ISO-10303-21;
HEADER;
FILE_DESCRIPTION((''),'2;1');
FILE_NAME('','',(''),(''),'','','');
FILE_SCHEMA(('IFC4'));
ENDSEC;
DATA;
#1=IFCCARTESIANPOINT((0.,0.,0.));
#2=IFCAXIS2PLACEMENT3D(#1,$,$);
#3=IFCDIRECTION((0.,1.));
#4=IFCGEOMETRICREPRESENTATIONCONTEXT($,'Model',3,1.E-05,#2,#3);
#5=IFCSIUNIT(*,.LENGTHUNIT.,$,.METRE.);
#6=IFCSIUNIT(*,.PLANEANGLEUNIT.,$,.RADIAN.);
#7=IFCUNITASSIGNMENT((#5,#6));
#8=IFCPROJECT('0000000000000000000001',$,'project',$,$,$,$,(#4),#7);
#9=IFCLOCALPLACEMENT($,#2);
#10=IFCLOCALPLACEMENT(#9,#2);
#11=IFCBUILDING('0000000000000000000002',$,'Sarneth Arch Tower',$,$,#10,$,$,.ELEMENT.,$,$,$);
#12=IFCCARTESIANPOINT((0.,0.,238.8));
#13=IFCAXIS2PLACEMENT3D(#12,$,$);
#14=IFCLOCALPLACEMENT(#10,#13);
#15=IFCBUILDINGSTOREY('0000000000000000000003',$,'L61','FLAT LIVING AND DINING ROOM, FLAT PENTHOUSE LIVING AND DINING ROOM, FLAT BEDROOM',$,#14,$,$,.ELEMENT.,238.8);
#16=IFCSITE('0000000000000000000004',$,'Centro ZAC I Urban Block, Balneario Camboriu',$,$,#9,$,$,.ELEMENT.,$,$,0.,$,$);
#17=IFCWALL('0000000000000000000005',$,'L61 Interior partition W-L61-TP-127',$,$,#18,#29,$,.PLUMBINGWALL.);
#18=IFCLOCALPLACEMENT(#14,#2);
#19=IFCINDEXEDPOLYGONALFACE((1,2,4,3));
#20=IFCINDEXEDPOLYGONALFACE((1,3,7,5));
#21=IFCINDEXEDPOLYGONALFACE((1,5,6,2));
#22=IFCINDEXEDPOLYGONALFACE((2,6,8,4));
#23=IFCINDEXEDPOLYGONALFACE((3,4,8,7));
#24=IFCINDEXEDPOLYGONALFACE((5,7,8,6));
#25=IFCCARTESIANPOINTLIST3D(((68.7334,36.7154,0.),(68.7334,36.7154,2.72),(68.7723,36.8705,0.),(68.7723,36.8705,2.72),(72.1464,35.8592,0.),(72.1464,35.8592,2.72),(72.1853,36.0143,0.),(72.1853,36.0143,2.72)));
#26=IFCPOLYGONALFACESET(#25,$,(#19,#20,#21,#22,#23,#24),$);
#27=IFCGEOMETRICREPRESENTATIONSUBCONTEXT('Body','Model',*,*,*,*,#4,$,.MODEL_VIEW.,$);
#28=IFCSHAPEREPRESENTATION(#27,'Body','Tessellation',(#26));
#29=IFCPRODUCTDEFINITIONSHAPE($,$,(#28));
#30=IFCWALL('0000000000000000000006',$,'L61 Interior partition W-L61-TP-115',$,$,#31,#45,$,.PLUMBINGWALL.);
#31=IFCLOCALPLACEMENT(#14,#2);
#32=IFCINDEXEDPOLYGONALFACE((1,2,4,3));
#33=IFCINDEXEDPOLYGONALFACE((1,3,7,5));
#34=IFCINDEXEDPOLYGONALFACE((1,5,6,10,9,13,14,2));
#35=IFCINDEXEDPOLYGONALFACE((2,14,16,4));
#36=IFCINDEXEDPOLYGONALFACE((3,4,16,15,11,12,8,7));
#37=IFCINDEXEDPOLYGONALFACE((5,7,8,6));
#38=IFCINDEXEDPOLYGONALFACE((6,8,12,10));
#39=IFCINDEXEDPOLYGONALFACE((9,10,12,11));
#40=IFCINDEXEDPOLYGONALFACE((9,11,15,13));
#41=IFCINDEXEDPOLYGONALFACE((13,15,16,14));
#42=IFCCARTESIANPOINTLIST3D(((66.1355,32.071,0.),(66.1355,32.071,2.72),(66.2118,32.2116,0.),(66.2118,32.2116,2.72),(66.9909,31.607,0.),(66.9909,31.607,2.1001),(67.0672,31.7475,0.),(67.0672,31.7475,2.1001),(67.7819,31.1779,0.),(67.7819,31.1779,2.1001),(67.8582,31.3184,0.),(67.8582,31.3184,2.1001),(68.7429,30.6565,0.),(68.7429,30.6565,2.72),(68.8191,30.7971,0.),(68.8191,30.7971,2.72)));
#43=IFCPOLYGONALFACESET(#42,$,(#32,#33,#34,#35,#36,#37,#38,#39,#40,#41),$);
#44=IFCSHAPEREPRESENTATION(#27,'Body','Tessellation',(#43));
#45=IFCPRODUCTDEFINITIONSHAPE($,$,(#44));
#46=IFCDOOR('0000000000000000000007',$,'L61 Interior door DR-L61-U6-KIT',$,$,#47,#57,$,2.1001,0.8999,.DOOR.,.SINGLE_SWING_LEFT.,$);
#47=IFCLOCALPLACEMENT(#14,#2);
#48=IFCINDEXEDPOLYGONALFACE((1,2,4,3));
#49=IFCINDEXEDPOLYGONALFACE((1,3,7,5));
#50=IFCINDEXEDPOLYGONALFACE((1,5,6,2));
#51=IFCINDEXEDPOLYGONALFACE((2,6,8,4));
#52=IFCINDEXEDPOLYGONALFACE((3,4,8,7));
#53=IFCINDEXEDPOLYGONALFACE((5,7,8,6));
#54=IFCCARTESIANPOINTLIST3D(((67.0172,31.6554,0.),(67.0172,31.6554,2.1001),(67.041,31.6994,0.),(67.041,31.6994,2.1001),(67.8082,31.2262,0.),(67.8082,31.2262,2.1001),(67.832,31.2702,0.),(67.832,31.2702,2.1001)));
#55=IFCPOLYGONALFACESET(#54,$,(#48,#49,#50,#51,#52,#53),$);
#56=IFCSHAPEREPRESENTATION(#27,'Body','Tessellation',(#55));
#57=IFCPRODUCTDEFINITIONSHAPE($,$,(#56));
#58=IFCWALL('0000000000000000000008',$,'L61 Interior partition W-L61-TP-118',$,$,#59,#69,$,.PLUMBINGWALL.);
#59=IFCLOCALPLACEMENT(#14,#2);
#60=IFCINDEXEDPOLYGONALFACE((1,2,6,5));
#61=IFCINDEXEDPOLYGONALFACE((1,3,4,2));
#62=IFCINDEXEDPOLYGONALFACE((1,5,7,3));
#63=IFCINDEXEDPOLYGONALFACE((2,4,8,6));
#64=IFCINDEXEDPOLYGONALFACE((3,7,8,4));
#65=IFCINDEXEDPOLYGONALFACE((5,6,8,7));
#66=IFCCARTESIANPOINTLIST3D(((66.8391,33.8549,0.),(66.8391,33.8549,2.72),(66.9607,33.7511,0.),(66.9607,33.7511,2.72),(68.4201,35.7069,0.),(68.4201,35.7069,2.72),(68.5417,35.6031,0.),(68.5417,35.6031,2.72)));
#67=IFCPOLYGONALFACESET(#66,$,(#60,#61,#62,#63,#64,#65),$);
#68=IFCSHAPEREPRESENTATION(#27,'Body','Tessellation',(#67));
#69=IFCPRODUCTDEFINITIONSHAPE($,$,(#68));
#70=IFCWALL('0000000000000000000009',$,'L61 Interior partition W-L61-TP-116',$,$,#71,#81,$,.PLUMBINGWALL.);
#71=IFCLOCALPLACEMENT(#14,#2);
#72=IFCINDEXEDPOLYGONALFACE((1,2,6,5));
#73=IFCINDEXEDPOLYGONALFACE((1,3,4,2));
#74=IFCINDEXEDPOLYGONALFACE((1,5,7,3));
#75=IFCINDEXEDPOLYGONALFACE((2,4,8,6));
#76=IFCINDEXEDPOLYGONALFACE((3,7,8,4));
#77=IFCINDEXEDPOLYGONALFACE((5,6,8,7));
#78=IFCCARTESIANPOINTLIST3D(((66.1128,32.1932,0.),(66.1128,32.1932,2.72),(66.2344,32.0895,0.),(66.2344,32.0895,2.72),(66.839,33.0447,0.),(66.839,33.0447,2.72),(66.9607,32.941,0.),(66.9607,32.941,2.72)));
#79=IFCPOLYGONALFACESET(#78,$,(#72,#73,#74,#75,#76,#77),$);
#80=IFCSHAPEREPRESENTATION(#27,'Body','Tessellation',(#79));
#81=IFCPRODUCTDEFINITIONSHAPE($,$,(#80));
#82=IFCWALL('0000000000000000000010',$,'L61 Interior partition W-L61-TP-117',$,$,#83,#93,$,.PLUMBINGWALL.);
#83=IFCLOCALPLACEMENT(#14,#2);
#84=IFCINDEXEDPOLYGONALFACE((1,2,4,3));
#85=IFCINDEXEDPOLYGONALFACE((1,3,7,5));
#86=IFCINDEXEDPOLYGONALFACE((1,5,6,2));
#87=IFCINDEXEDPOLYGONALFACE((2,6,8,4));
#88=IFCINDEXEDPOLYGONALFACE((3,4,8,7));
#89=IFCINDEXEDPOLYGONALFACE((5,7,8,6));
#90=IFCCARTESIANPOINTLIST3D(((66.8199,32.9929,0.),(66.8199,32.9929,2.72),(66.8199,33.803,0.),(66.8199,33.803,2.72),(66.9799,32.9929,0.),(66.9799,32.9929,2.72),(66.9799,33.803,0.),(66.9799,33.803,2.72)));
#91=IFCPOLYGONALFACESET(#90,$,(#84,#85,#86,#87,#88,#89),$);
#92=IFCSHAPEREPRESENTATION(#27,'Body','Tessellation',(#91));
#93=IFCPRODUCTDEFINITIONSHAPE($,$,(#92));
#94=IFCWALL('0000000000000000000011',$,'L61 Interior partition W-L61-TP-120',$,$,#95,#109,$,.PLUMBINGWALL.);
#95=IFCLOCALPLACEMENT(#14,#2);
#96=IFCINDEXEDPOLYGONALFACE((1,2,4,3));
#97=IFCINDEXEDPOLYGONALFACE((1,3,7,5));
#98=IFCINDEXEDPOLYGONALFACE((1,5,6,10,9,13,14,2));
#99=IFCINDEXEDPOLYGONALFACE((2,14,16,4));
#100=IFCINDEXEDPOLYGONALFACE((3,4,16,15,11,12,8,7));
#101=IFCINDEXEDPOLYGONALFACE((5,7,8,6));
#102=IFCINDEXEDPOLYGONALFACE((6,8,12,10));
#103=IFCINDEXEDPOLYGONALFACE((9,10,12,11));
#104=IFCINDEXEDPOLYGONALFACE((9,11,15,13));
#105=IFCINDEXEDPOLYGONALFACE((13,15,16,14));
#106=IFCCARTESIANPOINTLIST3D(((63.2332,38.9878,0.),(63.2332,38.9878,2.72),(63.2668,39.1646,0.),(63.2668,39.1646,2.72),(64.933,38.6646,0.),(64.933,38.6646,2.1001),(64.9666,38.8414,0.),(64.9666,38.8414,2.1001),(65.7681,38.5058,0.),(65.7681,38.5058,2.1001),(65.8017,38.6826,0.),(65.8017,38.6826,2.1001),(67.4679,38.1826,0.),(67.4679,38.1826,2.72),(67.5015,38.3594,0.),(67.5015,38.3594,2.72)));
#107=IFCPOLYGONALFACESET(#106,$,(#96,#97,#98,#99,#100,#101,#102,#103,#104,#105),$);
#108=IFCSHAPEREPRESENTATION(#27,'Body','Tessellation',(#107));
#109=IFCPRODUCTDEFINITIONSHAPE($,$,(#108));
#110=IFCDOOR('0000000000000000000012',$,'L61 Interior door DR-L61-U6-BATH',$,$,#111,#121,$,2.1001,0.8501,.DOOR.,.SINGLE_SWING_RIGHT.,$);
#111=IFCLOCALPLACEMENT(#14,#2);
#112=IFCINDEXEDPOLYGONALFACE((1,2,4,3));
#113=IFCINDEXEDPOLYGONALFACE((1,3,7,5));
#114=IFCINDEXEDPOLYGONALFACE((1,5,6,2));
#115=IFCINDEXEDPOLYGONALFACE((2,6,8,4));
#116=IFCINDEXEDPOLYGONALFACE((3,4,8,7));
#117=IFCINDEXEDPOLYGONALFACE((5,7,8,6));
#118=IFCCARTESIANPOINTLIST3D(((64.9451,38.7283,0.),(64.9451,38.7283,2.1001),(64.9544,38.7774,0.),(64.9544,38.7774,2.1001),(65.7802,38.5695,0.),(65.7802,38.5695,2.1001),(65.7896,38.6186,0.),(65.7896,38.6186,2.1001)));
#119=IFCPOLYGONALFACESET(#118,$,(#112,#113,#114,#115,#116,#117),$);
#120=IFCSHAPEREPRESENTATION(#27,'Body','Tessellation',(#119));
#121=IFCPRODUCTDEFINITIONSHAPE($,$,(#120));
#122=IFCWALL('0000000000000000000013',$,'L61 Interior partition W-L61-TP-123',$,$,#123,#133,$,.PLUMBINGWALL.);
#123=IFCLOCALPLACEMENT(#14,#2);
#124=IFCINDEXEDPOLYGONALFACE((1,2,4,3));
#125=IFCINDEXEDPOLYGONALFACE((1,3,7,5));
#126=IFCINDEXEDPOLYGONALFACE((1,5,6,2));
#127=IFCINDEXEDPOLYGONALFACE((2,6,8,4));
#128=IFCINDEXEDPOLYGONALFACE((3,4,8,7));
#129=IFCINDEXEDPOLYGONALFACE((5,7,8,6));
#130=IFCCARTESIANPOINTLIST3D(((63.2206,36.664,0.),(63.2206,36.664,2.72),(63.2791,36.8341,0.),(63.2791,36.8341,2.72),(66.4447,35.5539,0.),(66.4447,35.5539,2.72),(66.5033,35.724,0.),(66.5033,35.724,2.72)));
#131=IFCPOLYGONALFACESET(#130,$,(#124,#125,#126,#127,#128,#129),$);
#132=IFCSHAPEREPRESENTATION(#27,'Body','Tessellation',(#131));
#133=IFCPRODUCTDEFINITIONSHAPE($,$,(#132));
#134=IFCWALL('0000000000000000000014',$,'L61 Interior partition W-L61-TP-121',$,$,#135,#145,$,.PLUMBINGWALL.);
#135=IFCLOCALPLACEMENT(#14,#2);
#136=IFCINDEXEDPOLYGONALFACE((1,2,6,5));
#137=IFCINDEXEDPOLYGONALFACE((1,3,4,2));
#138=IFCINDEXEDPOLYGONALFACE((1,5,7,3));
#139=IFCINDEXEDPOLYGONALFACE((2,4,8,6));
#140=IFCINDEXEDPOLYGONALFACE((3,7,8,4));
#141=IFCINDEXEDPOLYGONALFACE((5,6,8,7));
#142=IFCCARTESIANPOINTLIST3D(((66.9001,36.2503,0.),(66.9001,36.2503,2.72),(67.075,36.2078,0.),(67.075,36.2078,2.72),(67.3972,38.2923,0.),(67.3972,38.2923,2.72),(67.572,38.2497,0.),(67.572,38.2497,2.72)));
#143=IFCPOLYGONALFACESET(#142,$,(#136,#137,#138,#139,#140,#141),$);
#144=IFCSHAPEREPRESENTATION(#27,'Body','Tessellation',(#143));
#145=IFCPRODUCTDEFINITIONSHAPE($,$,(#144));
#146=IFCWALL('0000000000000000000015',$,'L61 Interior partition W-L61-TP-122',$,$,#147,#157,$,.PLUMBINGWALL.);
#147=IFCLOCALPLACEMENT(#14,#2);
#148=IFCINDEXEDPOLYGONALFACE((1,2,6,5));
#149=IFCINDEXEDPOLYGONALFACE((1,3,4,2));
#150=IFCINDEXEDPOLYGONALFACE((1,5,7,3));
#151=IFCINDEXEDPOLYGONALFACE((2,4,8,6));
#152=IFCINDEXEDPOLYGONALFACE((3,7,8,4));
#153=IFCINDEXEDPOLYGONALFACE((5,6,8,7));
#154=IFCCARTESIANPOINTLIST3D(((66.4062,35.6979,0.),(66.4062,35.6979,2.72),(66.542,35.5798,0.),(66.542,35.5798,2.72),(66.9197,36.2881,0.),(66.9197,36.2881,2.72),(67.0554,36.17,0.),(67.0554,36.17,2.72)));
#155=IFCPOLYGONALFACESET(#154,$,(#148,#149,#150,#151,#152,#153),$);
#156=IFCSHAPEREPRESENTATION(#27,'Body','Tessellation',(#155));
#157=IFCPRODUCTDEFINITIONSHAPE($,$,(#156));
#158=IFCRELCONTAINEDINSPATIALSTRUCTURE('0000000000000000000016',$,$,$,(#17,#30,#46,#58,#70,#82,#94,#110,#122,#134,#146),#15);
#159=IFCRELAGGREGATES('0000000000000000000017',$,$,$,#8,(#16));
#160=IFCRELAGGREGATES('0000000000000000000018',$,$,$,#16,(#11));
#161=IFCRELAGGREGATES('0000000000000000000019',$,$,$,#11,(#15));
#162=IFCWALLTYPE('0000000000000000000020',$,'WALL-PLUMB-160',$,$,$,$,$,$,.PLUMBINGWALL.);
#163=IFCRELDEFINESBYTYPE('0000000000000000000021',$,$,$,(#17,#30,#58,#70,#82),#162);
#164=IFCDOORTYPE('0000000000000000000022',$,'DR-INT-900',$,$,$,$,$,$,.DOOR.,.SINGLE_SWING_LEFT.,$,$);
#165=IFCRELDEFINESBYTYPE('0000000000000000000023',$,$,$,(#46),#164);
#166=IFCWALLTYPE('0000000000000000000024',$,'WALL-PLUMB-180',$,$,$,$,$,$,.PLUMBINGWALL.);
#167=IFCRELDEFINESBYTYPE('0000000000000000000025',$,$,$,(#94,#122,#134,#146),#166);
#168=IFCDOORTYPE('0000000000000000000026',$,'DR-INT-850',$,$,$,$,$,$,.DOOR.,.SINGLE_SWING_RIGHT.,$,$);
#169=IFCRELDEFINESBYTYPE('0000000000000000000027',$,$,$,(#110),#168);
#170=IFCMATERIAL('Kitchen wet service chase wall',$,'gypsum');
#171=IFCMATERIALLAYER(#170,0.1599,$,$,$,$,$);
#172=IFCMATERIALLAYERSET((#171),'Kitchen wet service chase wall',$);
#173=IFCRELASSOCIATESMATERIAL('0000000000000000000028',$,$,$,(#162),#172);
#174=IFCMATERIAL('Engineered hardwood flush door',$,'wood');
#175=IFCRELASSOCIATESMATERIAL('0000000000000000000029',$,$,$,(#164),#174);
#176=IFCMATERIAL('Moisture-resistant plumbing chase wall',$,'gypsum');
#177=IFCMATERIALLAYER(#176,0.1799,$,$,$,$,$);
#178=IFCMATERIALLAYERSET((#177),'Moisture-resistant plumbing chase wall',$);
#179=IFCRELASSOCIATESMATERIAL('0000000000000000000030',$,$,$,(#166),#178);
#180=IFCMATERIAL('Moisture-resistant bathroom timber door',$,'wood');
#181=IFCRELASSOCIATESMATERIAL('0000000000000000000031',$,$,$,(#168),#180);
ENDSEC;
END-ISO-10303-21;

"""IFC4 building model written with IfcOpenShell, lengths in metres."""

from ifc_helpers import new_model, si_unit, direction, frame, frame_2d, origin, place, context, subcontext, project, spatial, rectangle, extrude, material, layer, layer_set, type_object, element, fill, save


model = new_model("IFC4")

# Units and contexts
model_context = context("Model", 3, precision=1e-05, world=origin(), true_north=direction((0.0, 1.0)))
body_context = subcontext(model_context, "Body", "Model", "MODEL_VIEW")
ifc_project = project(units=[si_unit("LENGTHUNIT", "METRE"), si_unit("PLANEANGLEUNIT", "RADIAN")], contexts=[model_context])

# Site, building, storey
site_placement = place(None, origin())
site = spatial("IfcSite", under=ifc_project, at=site_placement, Name="Centro ZAC I Urban Block, Balneario Camboriu", CompositionType="ELEMENT", RefElevation=0.0)
building_placement = place(site_placement, origin())
building = spatial("IfcBuilding", under=site, at=building_placement, Name="Sarneth Arch Tower", CompositionType="ELEMENT")
storey_placement = place(building_placement, frame((0.0, 0.0, 238.8)))
storey = spatial("IfcBuildingStorey", under=building, at=storey_placement, Name="L61", Description="FLAT LIVING AND DINING ROOM, FLAT PENTHOUSE LIVING AND DINING ROOM, FLAT BEDROOM", CompositionType="ELEMENT", Elevation=238.8)

# Wall
ifc_material_1 = material(Name="Kitchen wet service chase wall", Category="gypsum")
ifc_layer_1 = layer(ifc_material_1, 0.1599)
ifc_layer_set_1 = layer_set([ifc_layer_1], Name="Kitchen wet service chase wall")
wall_type_1 = type_object("IfcWallType", Name="WALL-PLUMB-160", PredefinedType="PLUMBINGWALL", material=ifc_layer_set_1)
wall_1_placement = place(storey_placement, frame((72.1658, 35.9368, 0.0), z_axis=(0.0, 0.0, 1.0), x_axis=(-0.969946, 0.243319, 0.0)))
element("IfcWall", 1, at=wall_1_placement, inside=storey, type_object=wall_type_1, Name="L61 Interior partition W-L61-TP-127", PredefinedType="PLUMBINGWALL", context=body_context, shape_type="SweptSolid", body=[
    extrude(rectangle(XDim=3.5188, YDim=0.1599, at=frame_2d((1.7593, 0.0))), origin(), (0.0, 0.0, 1.0), 2.72),
])

# Wall, opening, door
wall_2_placement = place(storey_placement, frame((68.781, 30.7268, 0.0), z_axis=(0.0, 0.0, 1.0), x_axis=(-0.878982, 0.476856, 0.0)))
wall_2 = element("IfcWall", 2, at=wall_2_placement, inside=storey, type_object=wall_type_1, Name="L61 Interior partition W-L61-TP-115", PredefinedType="PLUMBINGWALL", context=body_context, shape_type="SweptSolid", body=[
    extrude(rectangle(XDim=2.9663, YDim=0.1599, at=frame_2d((1.4832, 0.0))), origin(), (0.0, 0.0, 1.0), 2.72),
])
opening_1_placement = place(wall_2_placement, frame((1.0933, 0.0, 0.0)))
opening_1 = element("IfcOpeningElement", 3, at=opening_1_placement, cuts=wall_2, PredefinedType="OPENING", context=body_context, shape_type="SweptSolid", body=[
    extrude(rectangle(XDim=0.8999, YDim=2.1001, at=frame_2d((0.45, 1.05))), frame((0.0, 0.0898, 0.0), z_axis=(0.0, -1.0, 0.0), x_axis=(1.0, 0.0, 0.0)), (0.0, 0.0, 1.0), 0.1799),
])
ifc_material_2 = material(Name="Engineered hardwood flush door", Category="wood")
door_type_1 = type_object("IfcDoorType", Name="DR-INT-900", OperationType="SINGLE_SWING_LEFT", PredefinedType="DOOR", material=ifc_material_2)
door_1_placement = place(opening_1_placement, origin())
door_1 = element("IfcDoor", 4, at=door_1_placement, inside=storey, type_object=door_type_1, Name="L61 Interior door DR-L61-U6-KIT", OperationType="SINGLE_SWING_LEFT", OverallHeight=2.1001, OverallWidth=0.8999, PredefinedType="DOOR", context=body_context, shape_type="SweptSolid", body=[
    extrude(rectangle(XDim=0.8999, YDim=2.1001, at=frame_2d((0.45, 1.05))), frame((0.0, 0.0249, 0.0), z_axis=(0.0, -1.0, 0.0), x_axis=(1.0, 0.0, 0.0)), (0.0, 0.0, 1.0), 0.05),
])
fill(opening_1, door_1)

# Walls
wall_3_placement = place(storey_placement, frame((66.8999, 33.803, 0.0), z_axis=(0.0, 0.0, 1.0), x_axis=(0.649271, 0.760557, 0.0)))
element("IfcWall", 5, at=wall_3_placement, inside=storey, type_object=wall_type_1, Name="L61 Interior partition W-L61-TP-118", PredefinedType="PLUMBINGWALL", context=body_context, shape_type="SweptSolid", body=[
    extrude(rectangle(XDim=2.4351, YDim=0.1599, at=frame_2d((1.2175, 0.0))), origin(), (0.0, 0.0, 1.0), 2.72),
])
wall_4_placement = place(storey_placement, frame((66.1736, 32.1414, 0.0), z_axis=(0.0, 0.0, 1.0), x_axis=(0.648939, 0.76084, 0.0)))
element("IfcWall", 6, at=wall_4_placement, inside=storey, type_object=wall_type_1, Name="L61 Interior partition W-L61-TP-116", PredefinedType="PLUMBINGWALL", context=body_context, shape_type="SweptSolid", body=[
    extrude(rectangle(XDim=1.1191, YDim=0.1599, at=frame_2d((0.5596, 0.0))), origin(), (0.0, 0.0, 1.0), 2.72),
])
wall_5_placement = place(storey_placement, frame((66.8999, 32.9929, 0.0), z_axis=(0.0, 0.0, 1.0), x_axis=(0.0, 1.0, 0.0)))
element("IfcWall", 7, at=wall_5_placement, inside=storey, type_object=wall_type_1, Name="L61 Interior partition W-L61-TP-117", PredefinedType="PLUMBINGWALL", context=body_context, shape_type="SweptSolid", body=[
    extrude(rectangle(XDim=0.8101, YDim=0.1599, at=frame_2d((0.405, 0.0))), origin(), (0.0, 0.0, 1.0), 2.72),
])

# Wall, opening, door
ifc_material_3 = material(Name="Moisture-resistant plumbing chase wall", Category="gypsum")
ifc_layer_2 = layer(ifc_material_3, 0.1799)
ifc_layer_set_2 = layer_set([ifc_layer_2], Name="Moisture-resistant plumbing chase wall")
wall_type_2 = type_object("IfcWallType", Name="WALL-PLUMB-180", PredefinedType="PLUMBINGWALL", material=ifc_layer_set_2)
wall_6_placement = place(storey_placement, frame((63.25, 39.0762, 0.0), z_axis=(0.0, 0.0, 1.0), x_axis=(0.982399, -0.186795, 0.0)))
wall_6 = element("IfcWall", 8, at=wall_6_placement, inside=storey, type_object=wall_type_2, Name="L61 Interior partition W-L61-TP-120", PredefinedType="PLUMBINGWALL", context=body_context, shape_type="SweptSolid", body=[
    extrude(rectangle(XDim=4.3105, YDim=0.1799, at=frame_2d((2.1553, 0.0))), origin(), (0.0, 0.0, 1.0), 2.72),
])
opening_2_placement = place(wall_6_placement, frame((1.7302, 0.0, 0.0)))
opening_2 = element("IfcOpeningElement", 9, at=opening_2_placement, cuts=wall_6, PredefinedType="OPENING", context=body_context, shape_type="SweptSolid", body=[
    extrude(rectangle(XDim=0.8501, YDim=2.1001, at=frame_2d((0.425, 1.05))), frame((0.0, 0.0999, 0.0), z_axis=(0.0, -1.0, 0.0), x_axis=(1.0, 0.0, 0.0)), (0.0, 0.0, 1.0), 0.2),
])
ifc_material_4 = material(Name="Moisture-resistant bathroom timber door", Category="wood")
door_type_2 = type_object("IfcDoorType", Name="DR-INT-850", OperationType="SINGLE_SWING_RIGHT", PredefinedType="DOOR", material=ifc_material_4)
door_2_placement = place(opening_2_placement, origin())
door_2 = element("IfcDoor", 10, at=door_2_placement, inside=storey, type_object=door_type_2, Name="L61 Interior door DR-L61-U6-BATH", OperationType="SINGLE_SWING_RIGHT", OverallHeight=2.1001, OverallWidth=0.8501, PredefinedType="DOOR", context=body_context, shape_type="SweptSolid", body=[
    extrude(rectangle(XDim=0.8501, YDim=2.1001, at=frame_2d((0.425, 1.05))), frame((0.0, 0.0249, 0.0), z_axis=(0.0, -1.0, 0.0), x_axis=(1.0, 0.0, 0.0)), (0.0, 0.0, 1.0), 0.05),
])
fill(opening_2, door_2)

# Walls
wall_7_placement = place(storey_placement, frame((66.4741, 35.6389, 0.0), z_axis=(0.0, 0.0, 1.0), x_axis=(-0.945523, 0.325556, 0.0)))
element("IfcWall", 11, at=wall_7_placement, inside=storey, type_object=wall_type_2, Name="L61 Interior partition W-L61-TP-123", PredefinedType="PLUMBINGWALL", context=body_context, shape_type="SweptSolid", body=[
    extrude(rectangle(XDim=3.4099, YDim=0.1799, at=frame_2d((1.7051, 0.0))), origin(), (0.0, 0.0, 1.0), 2.72),
])
wall_8_placement = place(storey_placement, frame((67.4846, 38.271, 0.0), z_axis=(0.0, 0.0, 1.0), x_axis=(-0.236518, -0.971627, 0.0)))
element("IfcWall", 12, at=wall_8_placement, inside=storey, type_object=wall_type_2, Name="L61 Interior partition W-L61-TP-121", PredefinedType="PLUMBINGWALL", context=body_context, shape_type="SweptSolid", body=[
    extrude(rectangle(XDim=2.1016, YDim=0.1799, at=frame_2d((1.0508, 0.0))), origin(), (0.0, 0.0, 1.0), 2.72),
])
wall_9_placement = place(storey_placement, frame((66.9875, 36.229, 0.0), z_axis=(0.0, 0.0, 1.0), x_axis=(-0.656403, -0.754411, 0.0)))
element("IfcWall", 13, at=wall_9_placement, inside=storey, type_object=wall_type_2, Name="L61 Interior partition W-L61-TP-122", PredefinedType="PLUMBINGWALL", context=body_context, shape_type="SweptSolid", body=[
    extrude(rectangle(XDim=0.7822, YDim=0.1799, at=frame_2d((0.3911, 0.0))), origin(), (0.0, 0.0, 1.0), 2.72),
])

save(model, "model.ifc")
